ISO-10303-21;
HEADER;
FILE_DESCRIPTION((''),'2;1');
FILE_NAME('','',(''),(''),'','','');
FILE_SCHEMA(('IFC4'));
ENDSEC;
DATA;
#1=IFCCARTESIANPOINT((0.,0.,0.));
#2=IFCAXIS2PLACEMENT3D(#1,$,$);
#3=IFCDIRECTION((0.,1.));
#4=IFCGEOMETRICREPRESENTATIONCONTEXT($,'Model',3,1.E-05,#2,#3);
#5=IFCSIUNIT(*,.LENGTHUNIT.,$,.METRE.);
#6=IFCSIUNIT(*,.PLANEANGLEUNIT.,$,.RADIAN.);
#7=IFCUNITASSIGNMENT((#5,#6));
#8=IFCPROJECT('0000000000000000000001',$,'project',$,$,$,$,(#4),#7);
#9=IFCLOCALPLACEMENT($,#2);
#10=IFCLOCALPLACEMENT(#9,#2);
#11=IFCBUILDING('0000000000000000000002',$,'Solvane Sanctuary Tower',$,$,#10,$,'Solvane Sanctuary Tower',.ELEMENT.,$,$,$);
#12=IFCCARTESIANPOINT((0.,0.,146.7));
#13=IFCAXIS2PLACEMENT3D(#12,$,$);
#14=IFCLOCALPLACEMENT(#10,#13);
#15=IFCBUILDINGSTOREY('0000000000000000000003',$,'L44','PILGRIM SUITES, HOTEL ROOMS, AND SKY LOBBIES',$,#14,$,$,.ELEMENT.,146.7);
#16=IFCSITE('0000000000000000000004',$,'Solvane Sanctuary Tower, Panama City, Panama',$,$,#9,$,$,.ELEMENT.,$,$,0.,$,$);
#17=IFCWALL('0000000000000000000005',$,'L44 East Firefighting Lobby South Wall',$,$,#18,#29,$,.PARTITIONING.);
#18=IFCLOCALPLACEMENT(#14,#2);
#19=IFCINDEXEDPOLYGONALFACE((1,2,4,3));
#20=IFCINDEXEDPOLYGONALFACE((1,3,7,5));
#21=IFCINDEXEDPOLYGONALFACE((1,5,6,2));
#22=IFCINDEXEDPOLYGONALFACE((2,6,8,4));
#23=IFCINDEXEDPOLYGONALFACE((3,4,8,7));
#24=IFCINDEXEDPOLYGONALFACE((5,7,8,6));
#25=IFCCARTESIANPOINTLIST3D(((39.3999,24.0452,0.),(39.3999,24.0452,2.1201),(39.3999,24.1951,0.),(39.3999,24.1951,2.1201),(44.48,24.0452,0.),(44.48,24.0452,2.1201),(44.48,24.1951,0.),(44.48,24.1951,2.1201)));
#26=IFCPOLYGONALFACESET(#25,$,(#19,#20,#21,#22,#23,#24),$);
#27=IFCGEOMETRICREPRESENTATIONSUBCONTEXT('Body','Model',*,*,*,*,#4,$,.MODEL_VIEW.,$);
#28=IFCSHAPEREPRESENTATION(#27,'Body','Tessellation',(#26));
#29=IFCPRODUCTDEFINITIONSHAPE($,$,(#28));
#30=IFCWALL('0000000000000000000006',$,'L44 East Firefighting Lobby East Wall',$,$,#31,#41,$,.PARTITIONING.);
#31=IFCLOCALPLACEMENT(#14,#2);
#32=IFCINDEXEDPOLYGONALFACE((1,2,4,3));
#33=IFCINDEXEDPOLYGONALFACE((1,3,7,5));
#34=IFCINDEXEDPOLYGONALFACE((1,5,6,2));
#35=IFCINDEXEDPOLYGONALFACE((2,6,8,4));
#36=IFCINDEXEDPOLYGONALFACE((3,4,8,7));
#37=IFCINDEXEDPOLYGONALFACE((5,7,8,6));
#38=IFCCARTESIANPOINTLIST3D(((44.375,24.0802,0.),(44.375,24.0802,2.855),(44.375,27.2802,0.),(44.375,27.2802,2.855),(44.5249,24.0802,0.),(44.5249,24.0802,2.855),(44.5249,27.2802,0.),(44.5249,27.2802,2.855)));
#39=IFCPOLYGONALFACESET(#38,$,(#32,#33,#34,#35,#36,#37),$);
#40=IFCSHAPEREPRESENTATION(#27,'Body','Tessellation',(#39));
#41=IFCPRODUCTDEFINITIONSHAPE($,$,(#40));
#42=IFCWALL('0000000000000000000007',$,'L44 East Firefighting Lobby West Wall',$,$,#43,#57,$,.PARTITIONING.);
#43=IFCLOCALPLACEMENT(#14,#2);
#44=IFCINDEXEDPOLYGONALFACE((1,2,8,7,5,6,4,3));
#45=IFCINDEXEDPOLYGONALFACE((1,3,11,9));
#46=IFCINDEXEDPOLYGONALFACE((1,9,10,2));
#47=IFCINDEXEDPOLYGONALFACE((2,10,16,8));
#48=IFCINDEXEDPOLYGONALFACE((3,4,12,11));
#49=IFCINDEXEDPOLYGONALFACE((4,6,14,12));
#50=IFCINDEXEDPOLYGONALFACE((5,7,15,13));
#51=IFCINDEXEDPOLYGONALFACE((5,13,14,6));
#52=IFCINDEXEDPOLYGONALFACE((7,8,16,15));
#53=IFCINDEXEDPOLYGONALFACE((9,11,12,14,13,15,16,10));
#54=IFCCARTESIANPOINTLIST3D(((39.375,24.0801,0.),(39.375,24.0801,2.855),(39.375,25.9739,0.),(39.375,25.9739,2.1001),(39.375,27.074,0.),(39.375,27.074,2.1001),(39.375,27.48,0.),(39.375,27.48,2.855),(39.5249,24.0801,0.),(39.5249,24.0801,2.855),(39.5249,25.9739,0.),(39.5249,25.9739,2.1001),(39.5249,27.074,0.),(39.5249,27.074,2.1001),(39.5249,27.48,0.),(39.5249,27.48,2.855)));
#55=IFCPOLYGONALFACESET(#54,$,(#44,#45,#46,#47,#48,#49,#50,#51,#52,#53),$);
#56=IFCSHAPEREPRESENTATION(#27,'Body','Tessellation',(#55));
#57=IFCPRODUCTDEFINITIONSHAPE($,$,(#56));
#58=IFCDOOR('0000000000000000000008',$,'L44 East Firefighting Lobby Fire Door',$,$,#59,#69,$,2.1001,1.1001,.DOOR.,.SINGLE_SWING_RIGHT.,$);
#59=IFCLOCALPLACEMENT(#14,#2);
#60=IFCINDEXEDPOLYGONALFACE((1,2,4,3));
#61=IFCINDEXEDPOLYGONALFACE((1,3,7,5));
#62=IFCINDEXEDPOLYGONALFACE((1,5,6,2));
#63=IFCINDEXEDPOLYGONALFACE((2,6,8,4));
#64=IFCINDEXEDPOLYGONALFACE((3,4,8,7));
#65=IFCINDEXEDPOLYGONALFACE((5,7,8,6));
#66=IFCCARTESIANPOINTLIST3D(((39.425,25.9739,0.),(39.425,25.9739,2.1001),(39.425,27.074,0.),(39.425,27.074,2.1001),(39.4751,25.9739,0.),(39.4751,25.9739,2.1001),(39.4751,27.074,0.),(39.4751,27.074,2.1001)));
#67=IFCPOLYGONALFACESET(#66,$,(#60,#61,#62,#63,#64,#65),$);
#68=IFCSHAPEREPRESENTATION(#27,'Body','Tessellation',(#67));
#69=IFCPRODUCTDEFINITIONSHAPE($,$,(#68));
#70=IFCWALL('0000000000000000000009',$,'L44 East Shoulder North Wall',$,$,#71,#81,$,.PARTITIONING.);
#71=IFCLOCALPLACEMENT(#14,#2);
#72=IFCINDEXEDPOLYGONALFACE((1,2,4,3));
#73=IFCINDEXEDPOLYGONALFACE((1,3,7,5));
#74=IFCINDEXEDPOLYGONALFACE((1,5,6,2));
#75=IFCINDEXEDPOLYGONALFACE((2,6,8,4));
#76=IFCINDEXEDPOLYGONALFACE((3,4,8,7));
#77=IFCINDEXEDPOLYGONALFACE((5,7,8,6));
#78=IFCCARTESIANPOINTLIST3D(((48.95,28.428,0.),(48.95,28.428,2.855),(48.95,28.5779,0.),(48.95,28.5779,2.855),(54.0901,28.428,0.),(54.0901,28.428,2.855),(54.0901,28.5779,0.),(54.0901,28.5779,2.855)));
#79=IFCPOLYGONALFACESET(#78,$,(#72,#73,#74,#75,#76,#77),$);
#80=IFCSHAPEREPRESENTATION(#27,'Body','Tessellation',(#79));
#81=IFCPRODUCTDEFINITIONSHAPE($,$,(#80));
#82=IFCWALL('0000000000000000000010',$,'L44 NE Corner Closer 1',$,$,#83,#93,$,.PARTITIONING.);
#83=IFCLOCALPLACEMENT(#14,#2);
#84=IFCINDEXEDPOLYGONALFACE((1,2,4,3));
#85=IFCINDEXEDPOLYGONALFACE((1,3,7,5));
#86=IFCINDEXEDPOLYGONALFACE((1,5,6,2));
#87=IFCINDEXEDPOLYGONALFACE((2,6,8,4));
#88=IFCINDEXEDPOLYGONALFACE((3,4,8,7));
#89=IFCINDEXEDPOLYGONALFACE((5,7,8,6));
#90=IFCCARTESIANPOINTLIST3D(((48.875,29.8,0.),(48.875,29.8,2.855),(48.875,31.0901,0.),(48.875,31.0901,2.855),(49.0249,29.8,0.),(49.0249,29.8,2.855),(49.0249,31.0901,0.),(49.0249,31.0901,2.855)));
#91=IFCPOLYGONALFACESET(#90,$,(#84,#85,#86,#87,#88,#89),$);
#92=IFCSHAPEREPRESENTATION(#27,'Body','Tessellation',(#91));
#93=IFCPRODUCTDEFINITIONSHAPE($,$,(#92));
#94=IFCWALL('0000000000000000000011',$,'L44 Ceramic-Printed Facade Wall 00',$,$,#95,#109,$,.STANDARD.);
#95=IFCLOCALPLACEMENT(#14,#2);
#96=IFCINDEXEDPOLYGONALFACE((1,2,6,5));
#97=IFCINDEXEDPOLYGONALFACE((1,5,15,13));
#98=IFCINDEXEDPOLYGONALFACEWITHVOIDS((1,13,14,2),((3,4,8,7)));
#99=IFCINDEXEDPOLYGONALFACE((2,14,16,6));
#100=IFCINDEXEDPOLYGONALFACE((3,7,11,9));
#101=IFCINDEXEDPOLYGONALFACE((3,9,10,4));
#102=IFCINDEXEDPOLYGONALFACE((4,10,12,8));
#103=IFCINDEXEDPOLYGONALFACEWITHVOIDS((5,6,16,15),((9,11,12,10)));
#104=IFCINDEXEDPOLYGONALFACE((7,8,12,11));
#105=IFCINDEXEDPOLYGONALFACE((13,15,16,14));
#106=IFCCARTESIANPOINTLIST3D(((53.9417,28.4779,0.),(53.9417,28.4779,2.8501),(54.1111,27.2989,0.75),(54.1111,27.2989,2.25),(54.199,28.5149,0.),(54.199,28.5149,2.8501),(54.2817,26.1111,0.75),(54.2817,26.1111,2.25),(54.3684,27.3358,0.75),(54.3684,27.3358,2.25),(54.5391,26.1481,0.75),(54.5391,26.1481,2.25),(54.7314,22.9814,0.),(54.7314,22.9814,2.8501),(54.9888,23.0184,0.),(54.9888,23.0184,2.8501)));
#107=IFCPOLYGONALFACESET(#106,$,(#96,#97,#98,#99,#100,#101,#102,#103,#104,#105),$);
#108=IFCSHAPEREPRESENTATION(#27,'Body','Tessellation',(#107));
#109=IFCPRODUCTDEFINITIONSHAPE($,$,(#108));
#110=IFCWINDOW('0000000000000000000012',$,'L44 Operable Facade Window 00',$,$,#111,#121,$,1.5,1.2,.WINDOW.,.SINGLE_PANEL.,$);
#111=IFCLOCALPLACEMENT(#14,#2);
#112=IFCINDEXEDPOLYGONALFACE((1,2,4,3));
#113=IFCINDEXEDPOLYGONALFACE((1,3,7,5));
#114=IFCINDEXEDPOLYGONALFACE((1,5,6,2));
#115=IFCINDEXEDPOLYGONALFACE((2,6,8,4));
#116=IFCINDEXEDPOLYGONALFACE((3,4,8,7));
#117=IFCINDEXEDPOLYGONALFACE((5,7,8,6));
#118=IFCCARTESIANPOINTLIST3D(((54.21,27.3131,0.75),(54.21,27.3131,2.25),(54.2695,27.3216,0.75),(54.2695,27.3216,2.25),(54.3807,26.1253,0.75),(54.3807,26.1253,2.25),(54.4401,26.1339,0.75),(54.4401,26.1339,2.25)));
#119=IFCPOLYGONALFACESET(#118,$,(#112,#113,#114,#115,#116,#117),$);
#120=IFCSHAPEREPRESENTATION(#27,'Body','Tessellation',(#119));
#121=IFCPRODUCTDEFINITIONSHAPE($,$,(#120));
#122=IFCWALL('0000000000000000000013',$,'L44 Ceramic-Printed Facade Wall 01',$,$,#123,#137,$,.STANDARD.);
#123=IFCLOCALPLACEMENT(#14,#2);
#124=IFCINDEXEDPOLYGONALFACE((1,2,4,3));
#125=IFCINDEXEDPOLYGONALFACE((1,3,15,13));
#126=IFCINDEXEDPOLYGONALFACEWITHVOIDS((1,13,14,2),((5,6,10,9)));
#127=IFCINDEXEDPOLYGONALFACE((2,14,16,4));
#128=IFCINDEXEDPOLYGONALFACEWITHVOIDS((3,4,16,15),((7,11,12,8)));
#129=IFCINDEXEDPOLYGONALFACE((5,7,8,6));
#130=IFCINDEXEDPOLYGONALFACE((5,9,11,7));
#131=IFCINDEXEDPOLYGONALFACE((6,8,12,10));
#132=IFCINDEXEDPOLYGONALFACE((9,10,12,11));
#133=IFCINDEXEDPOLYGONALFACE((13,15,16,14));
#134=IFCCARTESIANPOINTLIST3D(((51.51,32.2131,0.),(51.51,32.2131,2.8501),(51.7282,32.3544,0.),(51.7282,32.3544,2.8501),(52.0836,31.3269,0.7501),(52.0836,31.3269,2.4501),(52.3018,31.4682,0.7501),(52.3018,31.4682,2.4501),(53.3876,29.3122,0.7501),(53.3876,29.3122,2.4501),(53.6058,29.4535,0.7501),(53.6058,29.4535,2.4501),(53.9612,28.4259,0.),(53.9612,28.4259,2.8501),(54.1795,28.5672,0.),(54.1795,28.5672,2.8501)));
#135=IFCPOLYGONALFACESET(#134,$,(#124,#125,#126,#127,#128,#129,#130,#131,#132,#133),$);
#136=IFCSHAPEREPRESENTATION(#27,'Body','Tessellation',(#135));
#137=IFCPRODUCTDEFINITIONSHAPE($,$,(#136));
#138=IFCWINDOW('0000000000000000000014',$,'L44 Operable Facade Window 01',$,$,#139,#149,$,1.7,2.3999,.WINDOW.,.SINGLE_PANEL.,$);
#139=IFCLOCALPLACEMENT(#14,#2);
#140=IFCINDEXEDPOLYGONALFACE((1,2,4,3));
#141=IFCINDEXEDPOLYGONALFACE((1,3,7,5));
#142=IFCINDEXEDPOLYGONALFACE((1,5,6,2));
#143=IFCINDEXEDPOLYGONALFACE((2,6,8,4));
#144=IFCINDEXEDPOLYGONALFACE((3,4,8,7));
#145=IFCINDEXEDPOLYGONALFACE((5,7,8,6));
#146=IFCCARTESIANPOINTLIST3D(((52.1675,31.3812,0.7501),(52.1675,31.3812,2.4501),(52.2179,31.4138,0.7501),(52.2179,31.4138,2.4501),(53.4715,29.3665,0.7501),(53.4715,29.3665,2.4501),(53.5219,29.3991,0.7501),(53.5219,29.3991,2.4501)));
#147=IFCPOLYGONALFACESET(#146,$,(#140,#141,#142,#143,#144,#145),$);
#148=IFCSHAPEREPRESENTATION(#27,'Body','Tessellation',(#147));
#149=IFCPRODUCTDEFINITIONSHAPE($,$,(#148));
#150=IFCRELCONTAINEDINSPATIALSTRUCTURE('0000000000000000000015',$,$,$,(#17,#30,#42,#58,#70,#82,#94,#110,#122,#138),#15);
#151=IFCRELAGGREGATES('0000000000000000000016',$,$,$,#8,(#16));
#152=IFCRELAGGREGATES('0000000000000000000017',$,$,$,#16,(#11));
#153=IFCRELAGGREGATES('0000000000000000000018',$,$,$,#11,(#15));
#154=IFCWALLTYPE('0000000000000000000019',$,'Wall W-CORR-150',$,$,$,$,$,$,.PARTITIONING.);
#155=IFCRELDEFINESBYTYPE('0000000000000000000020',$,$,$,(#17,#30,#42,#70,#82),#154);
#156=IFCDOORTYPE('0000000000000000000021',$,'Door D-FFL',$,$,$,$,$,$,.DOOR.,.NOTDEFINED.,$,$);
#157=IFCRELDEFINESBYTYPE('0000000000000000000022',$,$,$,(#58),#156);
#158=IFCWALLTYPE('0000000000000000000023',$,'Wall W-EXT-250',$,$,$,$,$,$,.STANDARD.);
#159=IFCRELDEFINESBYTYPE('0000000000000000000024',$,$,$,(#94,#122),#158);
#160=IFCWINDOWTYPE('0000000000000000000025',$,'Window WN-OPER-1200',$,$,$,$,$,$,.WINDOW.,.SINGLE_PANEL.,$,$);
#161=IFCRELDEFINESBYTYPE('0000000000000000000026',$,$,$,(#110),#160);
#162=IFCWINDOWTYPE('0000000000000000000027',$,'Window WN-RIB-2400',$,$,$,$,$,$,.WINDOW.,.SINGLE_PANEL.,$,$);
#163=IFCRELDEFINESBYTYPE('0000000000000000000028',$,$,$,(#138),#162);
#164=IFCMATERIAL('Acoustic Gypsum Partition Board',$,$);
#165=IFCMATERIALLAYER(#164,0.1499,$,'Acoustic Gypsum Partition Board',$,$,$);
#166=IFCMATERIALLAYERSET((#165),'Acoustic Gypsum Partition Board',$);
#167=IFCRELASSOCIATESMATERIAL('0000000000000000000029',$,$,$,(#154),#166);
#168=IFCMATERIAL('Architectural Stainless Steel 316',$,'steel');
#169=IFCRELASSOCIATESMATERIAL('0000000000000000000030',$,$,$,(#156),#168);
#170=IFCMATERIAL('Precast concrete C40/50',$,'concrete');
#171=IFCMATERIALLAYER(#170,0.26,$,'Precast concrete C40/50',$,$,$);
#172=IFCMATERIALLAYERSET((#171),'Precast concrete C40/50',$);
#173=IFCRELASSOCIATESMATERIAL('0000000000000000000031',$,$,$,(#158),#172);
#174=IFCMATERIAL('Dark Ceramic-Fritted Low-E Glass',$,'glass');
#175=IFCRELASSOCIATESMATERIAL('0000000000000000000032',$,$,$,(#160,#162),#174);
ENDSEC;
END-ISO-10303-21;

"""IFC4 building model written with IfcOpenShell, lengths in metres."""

from ifc_helpers import new_model, si_unit, direction, frame, frame_2d, origin, place, context, subcontext, project, spatial, rectangle, extrude, material, layer, layer_set, type_object, element, fill, save


model = new_model("IFC4")

# Units and contexts
model_context = context("Model", 3, precision=1e-05, world=origin(), true_north=direction((0.0, 1.0)))
body_context = subcontext(model_context, "Body", "Model", "MODEL_VIEW")
ifc_project = project(units=[si_unit("LENGTHUNIT", "METRE"), si_unit("PLANEANGLEUNIT", "RADIAN")], contexts=[model_context])

# Site, building, storey
site_placement = place(None, origin())
site = spatial("IfcSite", under=ifc_project, at=site_placement, Name="Solvane Sanctuary Tower, Panama City, Panama", CompositionType="ELEMENT", RefElevation=0.0)
building_placement = place(site_placement, origin())
building = spatial("IfcBuilding", under=site, at=building_placement, Name="Solvane Sanctuary Tower", LongName="Solvane Sanctuary Tower", CompositionType="ELEMENT")
storey_placement = place(building_placement, frame((0.0, 0.0, 146.7)))
storey = spatial("IfcBuildingStorey", under=building, at=storey_placement, Name="L44", Description="PILGRIM SUITES, HOTEL ROOMS, AND SKY LOBBIES", CompositionType="ELEMENT", Elevation=146.7)

# Walls
ifc_material_1 = material(Name="Acoustic Gypsum Partition Board")
ifc_layer_1 = layer(ifc_material_1, 0.1499, Name="Acoustic Gypsum Partition Board")
ifc_layer_set_1 = layer_set([ifc_layer_1], Name="Acoustic Gypsum Partition Board")
wall_type_1 = type_object("IfcWallType", Name="Wall W-CORR-150", PredefinedType="PARTITIONING", material=ifc_layer_set_1)
wall_1_placement = place(storey_placement, frame((39.3999, 24.1201, 0.0), z_axis=(0.0, 0.0, 1.0), x_axis=(1.0, 0.0, 0.0)))
element("IfcWall", 1, at=wall_1_placement, inside=storey, type_object=wall_type_1, Name="L44 East Firefighting Lobby South Wall", PredefinedType="PARTITIONING", context=body_context, shape_type="SweptSolid", body=[
    extrude(rectangle(XDim=5.0801, YDim=0.1499, at=frame_2d((2.54, 0.0))), origin(), (0.0, 0.0, 1.0), 2.1201),
])
wall_2_placement = place(storey_placement, frame((44.45, 24.0801, 0.0), z_axis=(0.0, 0.0, 1.0), x_axis=(0.0, 1.0, 0.0)))
element("IfcWall", 2, at=wall_2_placement, inside=storey, type_object=wall_type_1, Name="L44 East Firefighting Lobby East Wall", PredefinedType="PARTITIONING", context=body_context, shape_type="SweptSolid", body=[
    extrude(rectangle(XDim=3.2, YDim=0.1499, at=frame_2d((1.6001, 0.0))), origin(), (0.0, 0.0, 1.0), 2.855),
])

# Wall, opening, door
wall_3_placement = place(storey_placement, frame((39.45, 24.0801, 0.0), z_axis=(0.0, 0.0, 1.0), x_axis=(0.0, 1.0, 0.0)))
wall_3 = element("IfcWall", 3, at=wall_3_placement, inside=storey, type_object=wall_type_1, Name="L44 East Firefighting Lobby West Wall", PredefinedType="PARTITIONING", context=body_context, shape_type="SweptSolid", body=[
    extrude(rectangle(XDim=3.3999, YDim=0.1499, at=frame_2d((1.7, 0.0))), origin(), (0.0, 0.0, 1.0), 2.855),
])
opening_1_placement = place(wall_3_placement, frame((1.8938, 0.0, 0.0)))
opening_1 = element("IfcOpeningElement", 4, at=opening_1_placement, cuts=wall_3, PredefinedType="OPENING", context=body_context, shape_type="SweptSolid", body=[
    extrude(rectangle(XDim=1.1001, YDim=2.1001, at=frame_2d((0.55, 1.05))), frame((0.0, 0.085, 0.0), z_axis=(0.0, -1.0, 0.0), x_axis=(1.0, 0.0, 0.0)), (0.0, 0.0, 1.0), 0.1699),
])
ifc_material_2 = material(Name="Architectural Stainless Steel 316", Category="steel")
door_type_1 = type_object("IfcDoorType", Name="Door D-FFL", OperationType="NOTDEFINED", PredefinedType="DOOR", material=ifc_material_2)
door_1_placement = place(opening_1_placement, origin())
door_1 = element("IfcDoor", 5, at=door_1_placement, inside=storey, type_object=door_type_1, Name="L44 East Firefighting Lobby Fire Door", OperationType="SINGLE_SWING_RIGHT", OverallHeight=2.1001, OverallWidth=1.1001, PredefinedType="DOOR", context=body_context, shape_type="SweptSolid", body=[
    extrude(rectangle(XDim=1.1001, YDim=2.1001, at=frame_2d((0.55, 1.05))), frame((0.0, 0.0249, 0.0), z_axis=(0.0, -1.0, 0.0), x_axis=(1.0, 0.0, 0.0)), (0.0, 0.0, 1.0), 0.05),
])
fill(opening_1, door_1)

# Walls
wall_4_placement = place(storey_placement, frame((48.95, 28.5029, 0.0), z_axis=(0.0, 0.0, 1.0), x_axis=(1.0, 0.0, 0.0)))
element("IfcWall", 6, at=wall_4_placement, inside=storey, type_object=wall_type_1, Name="L44 East Shoulder North Wall", PredefinedType="PARTITIONING", context=body_context, shape_type="SweptSolid", body=[
    extrude(rectangle(XDim=5.1401, YDim=0.1499, at=frame_2d((2.5701, 0.0))), origin(), (0.0, 0.0, 1.0), 2.855),
])
wall_5_placement = place(storey_placement, frame((48.95, 29.8, 0.0), z_axis=(0.0, 0.0, 1.0), x_axis=(0.0, 1.0, 0.0)))
element("IfcWall", 7, at=wall_5_placement, inside=storey, type_object=wall_type_1, Name="L44 NE Corner Closer 1", PredefinedType="PARTITIONING", context=body_context, shape_type="SweptSolid", body=[
    extrude(rectangle(XDim=1.29, YDim=0.1499, at=frame_2d((0.645, 0.0))), origin(), (0.0, 0.0, 1.0), 2.855),
])

# Walls, openings, windows
ifc_material_3 = material(Name="Precast concrete C40/50", Category="concrete")
ifc_layer_2 = layer(ifc_material_3, 0.26, Name="Precast concrete C40/50")
ifc_layer_set_2 = layer_set([ifc_layer_2], Name="Precast concrete C40/50")
wall_type_2 = type_object("IfcWallType", Name="Wall W-EXT-250", PredefinedType="STANDARD", material=ifc_layer_set_2)
wall_6_placement = place(storey_placement, frame((54.8601, 23.0, 0.0), z_axis=(0.0, 0.0, 1.0), x_axis=(-0.142228, 0.989834, 0.0)))
wall_6 = element("IfcWall", 8, at=wall_6_placement, inside=storey, type_object=wall_type_2, Name="L44 Ceramic-Printed Facade Wall 00", PredefinedType="STANDARD", context=body_context, shape_type="SweptSolid", body=[
    extrude(rectangle(XDim=5.553, YDim=0.26, at=frame_2d((2.7764, 0.0))), origin(), (0.0, 0.0, 1.0), 2.8501),
])
opening_2_placement = place(wall_6_placement, frame((3.1616, 0.0, 0.75)))
opening_2 = element("IfcOpeningElement", 9, at=opening_2_placement, cuts=wall_6, PredefinedType="OPENING", context=body_context, shape_type="SweptSolid", body=[
    extrude(rectangle(XDim=1.2, YDim=1.5, at=frame_2d((0.6001, 0.75))), frame((0.0, 0.1399, 0.0), z_axis=(0.0, -1.0, 0.0), x_axis=(1.0, 0.0, 0.0)), (0.0, 0.0, 1.0), 0.28),
])
ifc_material_4 = material(Name="Dark Ceramic-Fritted Low-E Glass", Category="glass")
window_type_1 = type_object("IfcWindowType", Name="Window WN-OPER-1200", PartitioningType="SINGLE_PANEL", PredefinedType="WINDOW", material=ifc_material_4)
window_1_placement = place(opening_2_placement, origin())
window_1 = element("IfcWindow", 10, at=window_1_placement, inside=storey, type_object=window_type_1, Name="L44 Operable Facade Window 00", OverallHeight=1.5, OverallWidth=1.2, PartitioningType="SINGLE_PANEL", PredefinedType="WINDOW", context=body_context, shape_type="SweptSolid", body=[
    extrude(rectangle(XDim=1.2, YDim=1.5, at=frame_2d((0.6001, 0.75))), frame((0.0, 0.03, 0.0), z_axis=(0.0, -1.0, 0.0), x_axis=(1.0, 0.0, 0.0)), (0.0, 0.0, 1.0), 0.0601),
])
fill(opening_2, window_1)
wall_7_placement = place(storey_placement, frame((54.0703, 28.4966, 0.0), z_axis=(0.0, 0.0, 1.0), x_axis=(-0.543359, 0.8395, 0.0)))
wall_7 = element("IfcWall", 11, at=wall_7_placement, inside=storey, type_object=wall_type_2, Name="L44 Ceramic-Printed Facade Wall 01", PredefinedType="STANDARD", context=body_context, shape_type="SweptSolid", body=[
    extrude(rectangle(XDim=4.5112, YDim=0.26, at=frame_2d((2.2556, 0.0))), origin(), (0.0, 0.0, 1.0), 2.8501),
])
opening_3_placement = place(wall_7_placement, frame((1.0557, 0.0, 0.75)))
opening_3 = element("IfcOpeningElement", 12, at=opening_3_placement, cuts=wall_7, PredefinedType="OPENING", context=body_context, shape_type="SweptSolid", body=[
    extrude(rectangle(XDim=2.3999, YDim=1.7, at=frame_2d((1.2, 0.8501))), frame((0.0, 0.1399, 0.0), z_axis=(0.0, -1.0, 0.0), x_axis=(1.0, 0.0, 0.0)), (0.0, 0.0, 1.0), 0.28),
])
window_type_2 = type_object("IfcWindowType", Name="Window WN-RIB-2400", PartitioningType="SINGLE_PANEL", PredefinedType="WINDOW", material=ifc_material_4)
window_2_placement = place(opening_3_placement, origin())
window_2 = element("IfcWindow", 13, at=window_2_placement, inside=storey, type_object=window_type_2, Name="L44 Operable Facade Window 01", OverallHeight=1.7, OverallWidth=2.3999, PartitioningType="SINGLE_PANEL", PredefinedType="WINDOW", context=body_context, shape_type="SweptSolid", body=[
    extrude(rectangle(XDim=2.3999, YDim=1.7, at=frame_2d((1.2, 0.8501))), frame((0.0, 0.03, 0.0), z_axis=(0.0, -1.0, 0.0), x_axis=(1.0, 0.0, 0.0)), (0.0, 0.0, 1.0), 0.0601),
])
fill(opening_3, window_2)

save(model, "model.ifc")
